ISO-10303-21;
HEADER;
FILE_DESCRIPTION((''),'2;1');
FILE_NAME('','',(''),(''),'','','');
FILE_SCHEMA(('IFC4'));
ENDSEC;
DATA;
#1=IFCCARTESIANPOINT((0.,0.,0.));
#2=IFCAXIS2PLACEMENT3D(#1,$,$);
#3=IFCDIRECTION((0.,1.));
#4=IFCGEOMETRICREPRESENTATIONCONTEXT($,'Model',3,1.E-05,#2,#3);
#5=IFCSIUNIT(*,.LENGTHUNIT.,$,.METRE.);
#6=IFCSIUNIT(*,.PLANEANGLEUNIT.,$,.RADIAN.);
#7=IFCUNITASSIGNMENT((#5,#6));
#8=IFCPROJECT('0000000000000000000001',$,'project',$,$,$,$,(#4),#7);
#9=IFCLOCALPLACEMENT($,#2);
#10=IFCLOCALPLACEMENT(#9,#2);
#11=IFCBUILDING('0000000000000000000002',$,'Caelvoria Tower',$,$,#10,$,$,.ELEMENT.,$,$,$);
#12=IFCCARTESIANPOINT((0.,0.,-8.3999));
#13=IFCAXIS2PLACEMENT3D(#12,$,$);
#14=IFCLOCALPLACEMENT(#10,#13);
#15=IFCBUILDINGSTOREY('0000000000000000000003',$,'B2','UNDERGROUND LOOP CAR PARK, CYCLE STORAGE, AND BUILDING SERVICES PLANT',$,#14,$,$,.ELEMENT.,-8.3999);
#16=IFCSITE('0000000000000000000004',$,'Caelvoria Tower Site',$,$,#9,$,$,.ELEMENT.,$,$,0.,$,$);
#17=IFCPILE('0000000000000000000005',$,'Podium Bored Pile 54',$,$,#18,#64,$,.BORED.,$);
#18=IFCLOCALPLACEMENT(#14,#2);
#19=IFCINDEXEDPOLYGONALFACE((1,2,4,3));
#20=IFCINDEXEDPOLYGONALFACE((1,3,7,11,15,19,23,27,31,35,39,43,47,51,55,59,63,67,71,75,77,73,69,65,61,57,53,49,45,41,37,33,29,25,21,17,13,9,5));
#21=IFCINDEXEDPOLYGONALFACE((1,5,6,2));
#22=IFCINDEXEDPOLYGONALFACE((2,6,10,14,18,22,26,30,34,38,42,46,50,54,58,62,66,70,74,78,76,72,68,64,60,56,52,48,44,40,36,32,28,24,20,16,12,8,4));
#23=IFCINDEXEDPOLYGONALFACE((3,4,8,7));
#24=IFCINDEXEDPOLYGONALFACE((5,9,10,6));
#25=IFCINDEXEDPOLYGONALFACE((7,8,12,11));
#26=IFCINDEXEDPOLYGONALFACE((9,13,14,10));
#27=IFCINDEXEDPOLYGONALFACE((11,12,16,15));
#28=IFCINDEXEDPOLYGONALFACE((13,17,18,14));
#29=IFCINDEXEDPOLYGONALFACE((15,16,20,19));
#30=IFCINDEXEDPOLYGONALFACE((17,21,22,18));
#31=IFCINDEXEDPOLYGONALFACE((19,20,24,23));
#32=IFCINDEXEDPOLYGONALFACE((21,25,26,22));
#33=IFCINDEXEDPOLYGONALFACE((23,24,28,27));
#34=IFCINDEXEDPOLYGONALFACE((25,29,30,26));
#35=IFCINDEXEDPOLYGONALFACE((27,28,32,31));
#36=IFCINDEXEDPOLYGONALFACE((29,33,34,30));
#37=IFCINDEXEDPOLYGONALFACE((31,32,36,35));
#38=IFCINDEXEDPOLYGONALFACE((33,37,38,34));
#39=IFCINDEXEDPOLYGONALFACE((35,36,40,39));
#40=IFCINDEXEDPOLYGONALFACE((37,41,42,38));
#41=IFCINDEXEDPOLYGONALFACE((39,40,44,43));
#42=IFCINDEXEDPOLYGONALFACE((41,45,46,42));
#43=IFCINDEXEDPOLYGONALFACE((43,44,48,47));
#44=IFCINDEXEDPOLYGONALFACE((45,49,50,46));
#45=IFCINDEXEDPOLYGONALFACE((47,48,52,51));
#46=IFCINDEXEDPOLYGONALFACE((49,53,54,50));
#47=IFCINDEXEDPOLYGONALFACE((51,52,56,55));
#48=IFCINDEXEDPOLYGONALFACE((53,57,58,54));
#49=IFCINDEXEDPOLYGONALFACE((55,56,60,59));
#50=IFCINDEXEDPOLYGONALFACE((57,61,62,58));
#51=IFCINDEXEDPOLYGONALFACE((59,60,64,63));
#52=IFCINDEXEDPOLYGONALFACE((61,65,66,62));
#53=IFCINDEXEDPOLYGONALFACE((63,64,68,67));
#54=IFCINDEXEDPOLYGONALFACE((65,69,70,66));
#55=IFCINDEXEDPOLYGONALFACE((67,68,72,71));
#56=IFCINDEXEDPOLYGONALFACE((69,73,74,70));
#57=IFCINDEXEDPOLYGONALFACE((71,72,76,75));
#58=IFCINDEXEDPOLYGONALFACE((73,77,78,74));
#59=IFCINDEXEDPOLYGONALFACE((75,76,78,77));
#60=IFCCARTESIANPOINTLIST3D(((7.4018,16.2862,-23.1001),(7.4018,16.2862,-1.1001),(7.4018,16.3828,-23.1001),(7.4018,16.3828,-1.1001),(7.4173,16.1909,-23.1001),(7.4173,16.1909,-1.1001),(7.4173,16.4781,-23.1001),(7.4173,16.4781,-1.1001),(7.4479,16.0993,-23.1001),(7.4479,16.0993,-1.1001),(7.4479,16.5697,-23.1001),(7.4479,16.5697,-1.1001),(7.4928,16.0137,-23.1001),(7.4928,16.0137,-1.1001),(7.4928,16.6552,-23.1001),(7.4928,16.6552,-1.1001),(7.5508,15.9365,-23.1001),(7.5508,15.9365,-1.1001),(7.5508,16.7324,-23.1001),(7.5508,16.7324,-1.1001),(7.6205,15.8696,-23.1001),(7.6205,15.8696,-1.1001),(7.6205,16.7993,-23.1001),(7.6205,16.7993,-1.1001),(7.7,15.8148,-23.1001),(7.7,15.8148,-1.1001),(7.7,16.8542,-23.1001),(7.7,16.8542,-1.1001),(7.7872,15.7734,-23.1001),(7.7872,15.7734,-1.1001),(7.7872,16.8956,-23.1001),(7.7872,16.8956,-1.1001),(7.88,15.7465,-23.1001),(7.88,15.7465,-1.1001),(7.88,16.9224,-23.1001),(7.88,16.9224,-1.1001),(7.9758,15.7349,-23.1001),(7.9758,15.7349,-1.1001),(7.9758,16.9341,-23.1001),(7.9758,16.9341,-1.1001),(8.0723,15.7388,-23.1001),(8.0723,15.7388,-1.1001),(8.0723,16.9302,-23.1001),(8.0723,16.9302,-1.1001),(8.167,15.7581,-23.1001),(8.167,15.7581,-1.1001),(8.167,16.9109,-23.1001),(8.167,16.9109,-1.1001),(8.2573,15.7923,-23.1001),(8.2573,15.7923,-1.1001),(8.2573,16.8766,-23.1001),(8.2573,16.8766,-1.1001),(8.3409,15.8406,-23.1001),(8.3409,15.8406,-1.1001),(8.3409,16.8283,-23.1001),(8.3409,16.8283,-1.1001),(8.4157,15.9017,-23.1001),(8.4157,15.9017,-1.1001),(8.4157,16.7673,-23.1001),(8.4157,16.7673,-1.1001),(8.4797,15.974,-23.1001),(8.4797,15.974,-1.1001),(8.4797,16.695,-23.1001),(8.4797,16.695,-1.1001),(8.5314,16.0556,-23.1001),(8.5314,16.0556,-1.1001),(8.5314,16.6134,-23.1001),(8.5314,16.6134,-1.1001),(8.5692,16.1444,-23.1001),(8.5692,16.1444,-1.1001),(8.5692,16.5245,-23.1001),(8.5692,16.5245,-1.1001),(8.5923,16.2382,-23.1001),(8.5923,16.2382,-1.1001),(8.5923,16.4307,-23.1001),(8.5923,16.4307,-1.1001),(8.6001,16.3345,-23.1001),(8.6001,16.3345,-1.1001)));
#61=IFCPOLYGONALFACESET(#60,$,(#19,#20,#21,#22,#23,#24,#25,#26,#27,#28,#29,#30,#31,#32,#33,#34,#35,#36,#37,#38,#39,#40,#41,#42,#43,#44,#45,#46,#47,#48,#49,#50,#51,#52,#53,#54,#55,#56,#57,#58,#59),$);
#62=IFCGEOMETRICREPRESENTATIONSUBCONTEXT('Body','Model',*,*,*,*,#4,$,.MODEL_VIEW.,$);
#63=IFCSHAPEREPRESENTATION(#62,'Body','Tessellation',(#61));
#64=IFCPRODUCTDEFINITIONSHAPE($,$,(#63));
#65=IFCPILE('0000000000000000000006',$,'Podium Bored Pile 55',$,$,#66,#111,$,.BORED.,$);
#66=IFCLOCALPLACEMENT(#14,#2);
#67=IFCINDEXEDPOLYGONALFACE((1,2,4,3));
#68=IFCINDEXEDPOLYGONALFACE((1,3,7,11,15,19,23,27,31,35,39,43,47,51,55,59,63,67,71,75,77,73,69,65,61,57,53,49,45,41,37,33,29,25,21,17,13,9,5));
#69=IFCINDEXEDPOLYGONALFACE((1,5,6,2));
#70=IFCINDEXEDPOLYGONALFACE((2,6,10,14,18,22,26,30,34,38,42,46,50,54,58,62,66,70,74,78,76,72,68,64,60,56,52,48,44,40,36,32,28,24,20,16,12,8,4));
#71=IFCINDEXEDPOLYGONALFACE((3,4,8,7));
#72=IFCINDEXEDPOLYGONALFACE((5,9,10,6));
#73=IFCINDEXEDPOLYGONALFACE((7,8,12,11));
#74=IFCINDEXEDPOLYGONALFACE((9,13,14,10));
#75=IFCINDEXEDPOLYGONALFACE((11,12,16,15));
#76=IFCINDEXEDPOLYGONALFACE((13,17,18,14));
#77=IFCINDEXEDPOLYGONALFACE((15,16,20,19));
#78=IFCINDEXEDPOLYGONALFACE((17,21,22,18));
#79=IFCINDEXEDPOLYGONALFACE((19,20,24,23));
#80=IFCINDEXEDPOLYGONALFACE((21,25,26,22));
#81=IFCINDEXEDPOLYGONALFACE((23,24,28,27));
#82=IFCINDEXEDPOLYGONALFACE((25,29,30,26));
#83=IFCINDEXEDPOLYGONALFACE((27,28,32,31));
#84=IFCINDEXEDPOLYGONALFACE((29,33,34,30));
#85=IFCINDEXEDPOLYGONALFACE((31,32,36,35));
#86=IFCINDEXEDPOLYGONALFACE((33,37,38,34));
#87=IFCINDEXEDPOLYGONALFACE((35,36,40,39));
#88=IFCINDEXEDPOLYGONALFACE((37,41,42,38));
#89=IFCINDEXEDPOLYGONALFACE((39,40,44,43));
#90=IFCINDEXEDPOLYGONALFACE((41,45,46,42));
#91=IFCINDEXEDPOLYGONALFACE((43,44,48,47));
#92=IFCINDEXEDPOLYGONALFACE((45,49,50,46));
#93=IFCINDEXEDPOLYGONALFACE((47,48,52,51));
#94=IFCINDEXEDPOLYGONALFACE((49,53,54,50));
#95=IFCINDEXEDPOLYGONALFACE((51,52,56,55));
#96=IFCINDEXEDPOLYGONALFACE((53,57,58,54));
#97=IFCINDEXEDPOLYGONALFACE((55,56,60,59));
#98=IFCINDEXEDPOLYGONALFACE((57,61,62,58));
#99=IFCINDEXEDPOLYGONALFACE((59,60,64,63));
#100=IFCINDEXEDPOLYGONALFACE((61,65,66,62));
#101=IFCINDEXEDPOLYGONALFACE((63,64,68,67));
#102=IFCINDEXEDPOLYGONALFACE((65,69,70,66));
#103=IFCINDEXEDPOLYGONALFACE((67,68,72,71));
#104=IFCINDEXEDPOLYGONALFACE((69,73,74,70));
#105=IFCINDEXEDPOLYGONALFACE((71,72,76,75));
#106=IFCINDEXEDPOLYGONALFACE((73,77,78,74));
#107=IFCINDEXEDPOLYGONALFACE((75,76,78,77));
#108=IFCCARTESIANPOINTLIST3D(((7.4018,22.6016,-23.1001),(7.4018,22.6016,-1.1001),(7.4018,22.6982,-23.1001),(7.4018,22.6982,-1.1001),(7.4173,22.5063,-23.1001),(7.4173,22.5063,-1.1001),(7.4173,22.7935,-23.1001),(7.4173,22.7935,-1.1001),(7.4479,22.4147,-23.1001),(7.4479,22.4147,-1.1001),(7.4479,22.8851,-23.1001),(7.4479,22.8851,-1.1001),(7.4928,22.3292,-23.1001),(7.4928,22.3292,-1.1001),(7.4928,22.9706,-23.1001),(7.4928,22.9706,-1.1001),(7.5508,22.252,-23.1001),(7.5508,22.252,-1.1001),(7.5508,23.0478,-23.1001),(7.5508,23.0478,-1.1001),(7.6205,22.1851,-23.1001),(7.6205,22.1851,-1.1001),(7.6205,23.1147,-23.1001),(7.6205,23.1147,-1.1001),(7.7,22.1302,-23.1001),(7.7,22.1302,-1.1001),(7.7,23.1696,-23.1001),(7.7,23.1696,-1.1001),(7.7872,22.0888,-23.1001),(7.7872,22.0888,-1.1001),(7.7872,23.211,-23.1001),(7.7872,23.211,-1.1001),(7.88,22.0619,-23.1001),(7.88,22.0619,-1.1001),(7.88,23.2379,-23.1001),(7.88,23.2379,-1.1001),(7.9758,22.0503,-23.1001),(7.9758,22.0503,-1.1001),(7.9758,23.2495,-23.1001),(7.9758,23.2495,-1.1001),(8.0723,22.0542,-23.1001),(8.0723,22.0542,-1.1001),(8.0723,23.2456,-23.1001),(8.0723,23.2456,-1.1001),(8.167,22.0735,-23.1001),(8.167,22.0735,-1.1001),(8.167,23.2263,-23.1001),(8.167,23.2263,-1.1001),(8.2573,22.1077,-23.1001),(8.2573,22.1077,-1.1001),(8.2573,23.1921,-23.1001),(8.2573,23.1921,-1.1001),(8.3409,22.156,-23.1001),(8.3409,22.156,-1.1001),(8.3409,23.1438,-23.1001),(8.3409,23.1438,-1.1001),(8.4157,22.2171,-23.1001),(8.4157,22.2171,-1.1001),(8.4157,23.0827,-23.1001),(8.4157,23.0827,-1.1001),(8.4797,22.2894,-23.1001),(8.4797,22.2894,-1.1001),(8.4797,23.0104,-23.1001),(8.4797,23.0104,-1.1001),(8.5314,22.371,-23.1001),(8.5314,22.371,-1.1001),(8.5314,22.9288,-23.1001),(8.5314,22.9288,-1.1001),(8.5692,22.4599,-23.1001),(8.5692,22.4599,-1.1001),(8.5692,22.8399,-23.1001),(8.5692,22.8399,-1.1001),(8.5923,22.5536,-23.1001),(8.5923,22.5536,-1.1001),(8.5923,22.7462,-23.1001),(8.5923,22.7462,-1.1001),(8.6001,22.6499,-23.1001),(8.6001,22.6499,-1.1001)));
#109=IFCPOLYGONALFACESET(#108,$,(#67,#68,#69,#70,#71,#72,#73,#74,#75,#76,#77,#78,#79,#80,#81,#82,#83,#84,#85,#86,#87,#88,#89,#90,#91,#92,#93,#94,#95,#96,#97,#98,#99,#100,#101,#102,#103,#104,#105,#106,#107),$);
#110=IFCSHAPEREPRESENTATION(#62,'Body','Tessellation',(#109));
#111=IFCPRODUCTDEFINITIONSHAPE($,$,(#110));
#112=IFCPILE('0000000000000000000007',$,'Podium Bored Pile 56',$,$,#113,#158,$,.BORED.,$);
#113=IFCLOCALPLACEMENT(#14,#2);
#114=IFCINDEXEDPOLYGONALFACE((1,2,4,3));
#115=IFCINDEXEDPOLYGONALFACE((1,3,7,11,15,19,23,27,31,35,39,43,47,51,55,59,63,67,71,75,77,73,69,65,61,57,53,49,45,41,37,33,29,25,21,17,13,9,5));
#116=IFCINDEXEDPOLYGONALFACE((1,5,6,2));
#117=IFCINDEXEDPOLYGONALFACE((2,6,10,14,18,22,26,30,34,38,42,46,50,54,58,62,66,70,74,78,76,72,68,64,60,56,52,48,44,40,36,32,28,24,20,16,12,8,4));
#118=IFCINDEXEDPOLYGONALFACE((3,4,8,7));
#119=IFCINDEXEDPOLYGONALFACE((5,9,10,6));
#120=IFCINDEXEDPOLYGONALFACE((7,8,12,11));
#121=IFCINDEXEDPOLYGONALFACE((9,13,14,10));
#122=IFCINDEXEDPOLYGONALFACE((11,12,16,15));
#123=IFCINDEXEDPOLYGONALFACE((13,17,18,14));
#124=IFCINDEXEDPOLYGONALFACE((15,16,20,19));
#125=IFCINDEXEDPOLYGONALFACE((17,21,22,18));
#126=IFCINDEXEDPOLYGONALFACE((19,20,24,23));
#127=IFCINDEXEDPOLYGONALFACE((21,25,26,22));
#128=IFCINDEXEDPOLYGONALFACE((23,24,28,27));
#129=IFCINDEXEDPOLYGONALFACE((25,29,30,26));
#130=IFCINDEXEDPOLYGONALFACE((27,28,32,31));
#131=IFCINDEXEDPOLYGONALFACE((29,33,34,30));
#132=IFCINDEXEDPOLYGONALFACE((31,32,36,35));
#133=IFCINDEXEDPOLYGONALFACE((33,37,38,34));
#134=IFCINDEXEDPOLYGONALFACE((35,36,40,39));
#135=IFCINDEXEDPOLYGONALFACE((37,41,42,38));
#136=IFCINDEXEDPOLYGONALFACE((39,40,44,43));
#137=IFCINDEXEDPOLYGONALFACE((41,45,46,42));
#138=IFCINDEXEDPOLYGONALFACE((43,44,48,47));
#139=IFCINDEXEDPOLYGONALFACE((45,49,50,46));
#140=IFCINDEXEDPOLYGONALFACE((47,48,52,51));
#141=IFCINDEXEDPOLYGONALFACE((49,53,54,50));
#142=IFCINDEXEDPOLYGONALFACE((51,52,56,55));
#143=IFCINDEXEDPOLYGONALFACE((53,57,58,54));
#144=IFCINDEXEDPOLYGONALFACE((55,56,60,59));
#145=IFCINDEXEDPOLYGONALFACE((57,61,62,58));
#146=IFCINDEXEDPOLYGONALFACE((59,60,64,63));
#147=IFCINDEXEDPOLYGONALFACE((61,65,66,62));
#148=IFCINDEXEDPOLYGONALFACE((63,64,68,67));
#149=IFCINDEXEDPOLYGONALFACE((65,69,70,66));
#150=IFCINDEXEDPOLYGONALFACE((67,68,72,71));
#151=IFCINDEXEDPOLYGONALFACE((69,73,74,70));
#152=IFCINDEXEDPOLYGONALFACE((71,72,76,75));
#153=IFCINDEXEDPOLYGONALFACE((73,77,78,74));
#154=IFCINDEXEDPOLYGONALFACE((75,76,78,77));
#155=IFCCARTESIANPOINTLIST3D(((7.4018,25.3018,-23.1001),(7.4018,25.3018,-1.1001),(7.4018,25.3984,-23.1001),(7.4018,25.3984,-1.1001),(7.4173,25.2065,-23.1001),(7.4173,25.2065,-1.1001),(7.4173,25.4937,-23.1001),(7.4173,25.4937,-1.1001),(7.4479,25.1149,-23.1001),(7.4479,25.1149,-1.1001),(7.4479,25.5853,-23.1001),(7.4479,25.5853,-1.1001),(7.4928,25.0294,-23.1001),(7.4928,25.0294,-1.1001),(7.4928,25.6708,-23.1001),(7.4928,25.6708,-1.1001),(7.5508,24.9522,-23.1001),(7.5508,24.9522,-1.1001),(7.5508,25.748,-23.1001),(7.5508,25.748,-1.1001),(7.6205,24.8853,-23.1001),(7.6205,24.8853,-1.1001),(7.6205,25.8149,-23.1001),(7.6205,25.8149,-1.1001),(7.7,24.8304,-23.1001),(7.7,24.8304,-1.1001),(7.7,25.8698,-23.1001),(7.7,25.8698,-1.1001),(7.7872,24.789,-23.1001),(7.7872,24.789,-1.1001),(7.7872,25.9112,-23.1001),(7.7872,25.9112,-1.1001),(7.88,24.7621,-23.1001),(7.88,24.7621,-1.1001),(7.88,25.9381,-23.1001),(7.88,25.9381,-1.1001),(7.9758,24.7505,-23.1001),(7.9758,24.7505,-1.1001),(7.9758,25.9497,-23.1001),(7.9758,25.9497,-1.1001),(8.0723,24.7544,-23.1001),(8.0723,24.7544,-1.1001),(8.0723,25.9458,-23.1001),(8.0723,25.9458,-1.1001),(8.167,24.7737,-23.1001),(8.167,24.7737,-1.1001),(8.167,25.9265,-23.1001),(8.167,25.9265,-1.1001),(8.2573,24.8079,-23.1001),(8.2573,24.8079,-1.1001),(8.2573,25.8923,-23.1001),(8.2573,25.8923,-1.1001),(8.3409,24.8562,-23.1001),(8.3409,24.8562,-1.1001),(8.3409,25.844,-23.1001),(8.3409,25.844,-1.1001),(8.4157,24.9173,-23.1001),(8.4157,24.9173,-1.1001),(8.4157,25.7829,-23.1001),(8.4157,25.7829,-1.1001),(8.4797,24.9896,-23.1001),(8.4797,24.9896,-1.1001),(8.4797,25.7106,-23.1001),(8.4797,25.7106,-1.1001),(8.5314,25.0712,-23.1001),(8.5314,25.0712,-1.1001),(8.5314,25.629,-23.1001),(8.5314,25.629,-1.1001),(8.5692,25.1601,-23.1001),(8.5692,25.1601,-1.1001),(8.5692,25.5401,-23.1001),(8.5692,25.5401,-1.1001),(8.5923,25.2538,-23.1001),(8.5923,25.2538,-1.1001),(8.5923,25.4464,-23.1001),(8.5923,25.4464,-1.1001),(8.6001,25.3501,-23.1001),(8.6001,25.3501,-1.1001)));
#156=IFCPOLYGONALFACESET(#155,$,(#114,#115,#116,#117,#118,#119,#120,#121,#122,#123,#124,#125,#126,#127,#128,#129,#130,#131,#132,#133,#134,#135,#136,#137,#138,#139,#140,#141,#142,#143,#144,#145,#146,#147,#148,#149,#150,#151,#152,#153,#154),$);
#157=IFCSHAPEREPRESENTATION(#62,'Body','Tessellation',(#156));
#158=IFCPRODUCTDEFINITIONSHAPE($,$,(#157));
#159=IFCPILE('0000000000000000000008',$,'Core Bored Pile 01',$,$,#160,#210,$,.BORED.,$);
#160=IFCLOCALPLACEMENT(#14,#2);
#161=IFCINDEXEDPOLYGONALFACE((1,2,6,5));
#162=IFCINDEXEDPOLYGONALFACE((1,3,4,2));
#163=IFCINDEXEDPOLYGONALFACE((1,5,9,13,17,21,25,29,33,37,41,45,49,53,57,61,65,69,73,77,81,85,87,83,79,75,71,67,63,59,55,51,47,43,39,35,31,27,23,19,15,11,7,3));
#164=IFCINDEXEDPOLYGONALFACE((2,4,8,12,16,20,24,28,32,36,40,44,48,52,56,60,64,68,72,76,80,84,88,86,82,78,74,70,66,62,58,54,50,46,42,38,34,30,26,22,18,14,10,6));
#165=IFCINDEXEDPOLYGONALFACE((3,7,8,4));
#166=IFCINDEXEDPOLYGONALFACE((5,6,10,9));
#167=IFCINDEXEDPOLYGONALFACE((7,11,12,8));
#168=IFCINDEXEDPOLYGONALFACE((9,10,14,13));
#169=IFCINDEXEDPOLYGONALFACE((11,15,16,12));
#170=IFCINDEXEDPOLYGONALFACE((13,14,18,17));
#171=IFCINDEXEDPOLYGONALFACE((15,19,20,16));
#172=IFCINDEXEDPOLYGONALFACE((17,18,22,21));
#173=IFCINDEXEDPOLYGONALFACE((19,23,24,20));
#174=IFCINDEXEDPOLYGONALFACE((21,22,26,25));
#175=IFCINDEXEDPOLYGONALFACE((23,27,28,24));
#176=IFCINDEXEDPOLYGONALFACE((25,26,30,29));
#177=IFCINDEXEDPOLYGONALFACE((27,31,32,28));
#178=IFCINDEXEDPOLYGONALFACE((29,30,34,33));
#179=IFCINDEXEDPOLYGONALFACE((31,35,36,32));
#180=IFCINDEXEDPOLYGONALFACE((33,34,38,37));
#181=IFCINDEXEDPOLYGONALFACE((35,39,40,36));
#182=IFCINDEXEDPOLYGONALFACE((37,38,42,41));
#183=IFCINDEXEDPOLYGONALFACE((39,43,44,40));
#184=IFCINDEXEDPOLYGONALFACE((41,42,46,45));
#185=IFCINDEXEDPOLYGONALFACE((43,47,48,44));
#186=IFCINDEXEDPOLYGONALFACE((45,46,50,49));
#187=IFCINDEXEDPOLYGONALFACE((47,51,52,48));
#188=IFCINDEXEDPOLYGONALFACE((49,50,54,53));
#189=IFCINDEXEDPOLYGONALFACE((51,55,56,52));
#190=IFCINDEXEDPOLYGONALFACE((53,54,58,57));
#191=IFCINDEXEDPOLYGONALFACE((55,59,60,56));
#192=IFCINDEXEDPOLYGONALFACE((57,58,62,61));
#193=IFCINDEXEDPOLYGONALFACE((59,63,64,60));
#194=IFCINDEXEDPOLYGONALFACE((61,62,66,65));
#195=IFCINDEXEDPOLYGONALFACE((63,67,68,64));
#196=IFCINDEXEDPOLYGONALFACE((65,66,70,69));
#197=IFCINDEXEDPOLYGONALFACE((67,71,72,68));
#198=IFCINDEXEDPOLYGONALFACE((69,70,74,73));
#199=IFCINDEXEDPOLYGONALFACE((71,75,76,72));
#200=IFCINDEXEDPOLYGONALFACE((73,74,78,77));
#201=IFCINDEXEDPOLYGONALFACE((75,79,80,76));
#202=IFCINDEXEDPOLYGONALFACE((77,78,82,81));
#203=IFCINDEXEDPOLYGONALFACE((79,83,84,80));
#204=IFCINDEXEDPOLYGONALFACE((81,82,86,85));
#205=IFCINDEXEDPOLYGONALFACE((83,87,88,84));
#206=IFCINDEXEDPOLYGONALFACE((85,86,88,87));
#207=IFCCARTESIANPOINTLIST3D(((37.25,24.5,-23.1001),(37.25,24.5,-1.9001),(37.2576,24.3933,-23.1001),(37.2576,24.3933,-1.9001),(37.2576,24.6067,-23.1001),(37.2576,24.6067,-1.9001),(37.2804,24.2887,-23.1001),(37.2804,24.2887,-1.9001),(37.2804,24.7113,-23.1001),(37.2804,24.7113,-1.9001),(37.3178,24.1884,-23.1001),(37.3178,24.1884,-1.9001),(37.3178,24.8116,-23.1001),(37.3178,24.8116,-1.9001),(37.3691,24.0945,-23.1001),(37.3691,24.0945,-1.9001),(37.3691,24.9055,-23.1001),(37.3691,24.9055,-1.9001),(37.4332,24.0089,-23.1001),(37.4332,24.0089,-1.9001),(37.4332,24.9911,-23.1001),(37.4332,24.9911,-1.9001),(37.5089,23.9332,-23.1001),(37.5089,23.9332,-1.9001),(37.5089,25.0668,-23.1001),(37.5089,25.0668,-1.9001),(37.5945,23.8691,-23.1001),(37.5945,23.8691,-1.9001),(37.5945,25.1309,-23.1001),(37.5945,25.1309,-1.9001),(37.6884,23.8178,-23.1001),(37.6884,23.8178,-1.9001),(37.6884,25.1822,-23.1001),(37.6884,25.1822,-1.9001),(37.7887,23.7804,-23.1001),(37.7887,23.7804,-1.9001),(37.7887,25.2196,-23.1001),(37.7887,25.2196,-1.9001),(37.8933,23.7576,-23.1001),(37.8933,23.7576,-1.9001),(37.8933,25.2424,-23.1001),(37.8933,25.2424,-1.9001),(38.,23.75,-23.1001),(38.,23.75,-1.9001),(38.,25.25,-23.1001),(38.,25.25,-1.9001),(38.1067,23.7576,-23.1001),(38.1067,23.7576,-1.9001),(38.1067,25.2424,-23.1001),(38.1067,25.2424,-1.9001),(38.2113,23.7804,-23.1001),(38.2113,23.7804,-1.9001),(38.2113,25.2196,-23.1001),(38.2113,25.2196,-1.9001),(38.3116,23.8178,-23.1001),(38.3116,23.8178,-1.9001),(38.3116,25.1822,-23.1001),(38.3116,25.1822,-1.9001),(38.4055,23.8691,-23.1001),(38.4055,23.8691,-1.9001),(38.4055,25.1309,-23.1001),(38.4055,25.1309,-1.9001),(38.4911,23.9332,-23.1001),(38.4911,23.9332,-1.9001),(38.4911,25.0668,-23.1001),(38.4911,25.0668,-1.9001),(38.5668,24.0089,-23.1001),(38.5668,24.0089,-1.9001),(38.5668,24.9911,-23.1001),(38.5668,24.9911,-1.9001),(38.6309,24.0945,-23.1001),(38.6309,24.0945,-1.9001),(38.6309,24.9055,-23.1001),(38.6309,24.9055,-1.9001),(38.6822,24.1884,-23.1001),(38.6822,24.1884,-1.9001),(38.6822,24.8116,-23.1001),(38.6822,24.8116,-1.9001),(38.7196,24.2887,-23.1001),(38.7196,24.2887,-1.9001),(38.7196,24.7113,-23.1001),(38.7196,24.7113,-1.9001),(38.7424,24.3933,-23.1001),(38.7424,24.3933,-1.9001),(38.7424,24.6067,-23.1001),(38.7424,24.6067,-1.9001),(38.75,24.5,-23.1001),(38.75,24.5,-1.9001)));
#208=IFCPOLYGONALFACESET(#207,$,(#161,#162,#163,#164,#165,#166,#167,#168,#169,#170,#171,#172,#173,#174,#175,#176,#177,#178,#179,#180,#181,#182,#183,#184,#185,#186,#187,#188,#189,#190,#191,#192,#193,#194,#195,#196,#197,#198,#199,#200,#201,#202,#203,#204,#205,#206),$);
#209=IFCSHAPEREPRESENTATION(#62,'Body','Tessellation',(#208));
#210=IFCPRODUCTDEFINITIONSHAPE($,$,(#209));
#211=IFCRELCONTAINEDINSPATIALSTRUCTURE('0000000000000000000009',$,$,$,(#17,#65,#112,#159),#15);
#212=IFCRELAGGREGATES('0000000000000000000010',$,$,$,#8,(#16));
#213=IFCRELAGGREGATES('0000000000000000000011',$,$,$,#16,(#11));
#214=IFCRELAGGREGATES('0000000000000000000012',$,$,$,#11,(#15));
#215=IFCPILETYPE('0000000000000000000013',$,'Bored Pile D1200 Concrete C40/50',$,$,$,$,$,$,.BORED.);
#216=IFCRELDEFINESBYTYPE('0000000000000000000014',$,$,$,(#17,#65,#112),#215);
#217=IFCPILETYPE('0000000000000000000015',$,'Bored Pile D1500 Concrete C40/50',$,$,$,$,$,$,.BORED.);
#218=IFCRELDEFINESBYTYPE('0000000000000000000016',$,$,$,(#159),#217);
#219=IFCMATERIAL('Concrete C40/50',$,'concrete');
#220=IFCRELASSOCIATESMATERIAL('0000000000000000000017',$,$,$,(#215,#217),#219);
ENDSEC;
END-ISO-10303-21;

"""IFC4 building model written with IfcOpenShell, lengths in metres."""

from ifc_helpers import new_model, si_unit, direction, frame, origin, origin_2d, place, context, subcontext, project, spatial, circle, extrude, material, material_profile, profile_set, type_object, element, save


model = new_model("IFC4")

# Units and contexts
model_context = context("Model", 3, precision=1e-05, world=origin(), true_north=direction((0.0, 1.0)))
body_context = subcontext(model_context, "Body", "Model", "MODEL_VIEW")
ifc_project = project(units=[si_unit("LENGTHUNIT", "METRE"), si_unit("PLANEANGLEUNIT", "RADIAN")], contexts=[model_context])

# Site, building, storey
site_placement = place(None, origin())
site = spatial("IfcSite", under=ifc_project, at=site_placement, Name="Caelvoria Tower Site", CompositionType="ELEMENT", RefElevation=0.0)
building_placement = place(site_placement, origin())
building = spatial("IfcBuilding", under=site, at=building_placement, Name="Caelvoria Tower", CompositionType="ELEMENT")
storey_placement = place(building_placement, frame((0.0, 0.0, -8.3999)))
storey = spatial("IfcBuildingStorey", under=building, at=storey_placement, Name="B2", Description="UNDERGROUND LOOP CAR PARK, CYCLE STORAGE, AND BUILDING SERVICES PLANT", CompositionType="ELEMENT", Elevation=-8.3999)

# Piles
ifc_material_1 = material(Name="Concrete C40/50", Category="concrete")
ifc_material_profile_1 = material_profile(ifc_material_1, circle(Radius=0.6001, at=origin_2d()), Name="Concrete C40/50")
ifc_profile_set_1 = profile_set([ifc_material_profile_1], Name="PILE_D1200 - Concrete C40/50")
pile_type_1 = type_object("IfcPileType", Name="Bored Pile D1200 Concrete C40/50", PredefinedType="BORED", material=ifc_profile_set_1)
for number, where, z_axis, x_axis, name in (
    (1, (8.0, 16.3345, -1.1001), (0.0, 0.0, -1.0), (1.0, 0.0, 0.0), "Podium Bored Pile 54"),
    (2, (8.0, 22.6499, -1.1001), (0.0, 0.0, -1.0), (1.0, 0.0, 0.0), "Podium Bored Pile 55"),
    (3, (8.0, 25.3501, -1.1001), (0.0, 0.0, -1.0), (1.0, 0.0, 0.0), "Podium Bored Pile 56"),
):
    element("IfcPile", number, at=place(storey_placement, frame(where, z_axis=z_axis, x_axis=x_axis)), inside=storey, type_object=pile_type_1, Name=name, PredefinedType="BORED", context=body_context, shape_type="SweptSolid", body=[
        extrude(circle(Radius=0.6001, at=origin_2d()), origin(), (0.0, 0.0, 1.0), 22.0),
    ])
ifc_material_profile_2 = material_profile(ifc_material_1, circle(Radius=0.75, at=origin_2d()), Name="Concrete C40/50")
ifc_profile_set_2 = profile_set([ifc_material_profile_2], Name="PILE_D1500 - Concrete C40/50")
pile_type_2 = type_object("IfcPileType", Name="Bored Pile D1500 Concrete C40/50", PredefinedType="BORED", material=ifc_profile_set_2)
for number, where, z_axis, x_axis, name in (
    (4, (38.0, 24.5, -1.9001), (0.0, 0.0, -1.0), (1.0, 0.0, 0.0), "Core Bored Pile 01"),
):
    element("IfcPile", number, at=place(storey_placement, frame(where, z_axis=z_axis, x_axis=x_axis)), inside=storey, type_object=pile_type_2, Name=name, PredefinedType="BORED", context=body_context, shape_type="SweptSolid", body=[
        extrude(circle(Radius=0.75, at=origin_2d()), origin(), (0.0, 0.0, 1.0), 21.2),
    ])

save(model, "model.ifc")
